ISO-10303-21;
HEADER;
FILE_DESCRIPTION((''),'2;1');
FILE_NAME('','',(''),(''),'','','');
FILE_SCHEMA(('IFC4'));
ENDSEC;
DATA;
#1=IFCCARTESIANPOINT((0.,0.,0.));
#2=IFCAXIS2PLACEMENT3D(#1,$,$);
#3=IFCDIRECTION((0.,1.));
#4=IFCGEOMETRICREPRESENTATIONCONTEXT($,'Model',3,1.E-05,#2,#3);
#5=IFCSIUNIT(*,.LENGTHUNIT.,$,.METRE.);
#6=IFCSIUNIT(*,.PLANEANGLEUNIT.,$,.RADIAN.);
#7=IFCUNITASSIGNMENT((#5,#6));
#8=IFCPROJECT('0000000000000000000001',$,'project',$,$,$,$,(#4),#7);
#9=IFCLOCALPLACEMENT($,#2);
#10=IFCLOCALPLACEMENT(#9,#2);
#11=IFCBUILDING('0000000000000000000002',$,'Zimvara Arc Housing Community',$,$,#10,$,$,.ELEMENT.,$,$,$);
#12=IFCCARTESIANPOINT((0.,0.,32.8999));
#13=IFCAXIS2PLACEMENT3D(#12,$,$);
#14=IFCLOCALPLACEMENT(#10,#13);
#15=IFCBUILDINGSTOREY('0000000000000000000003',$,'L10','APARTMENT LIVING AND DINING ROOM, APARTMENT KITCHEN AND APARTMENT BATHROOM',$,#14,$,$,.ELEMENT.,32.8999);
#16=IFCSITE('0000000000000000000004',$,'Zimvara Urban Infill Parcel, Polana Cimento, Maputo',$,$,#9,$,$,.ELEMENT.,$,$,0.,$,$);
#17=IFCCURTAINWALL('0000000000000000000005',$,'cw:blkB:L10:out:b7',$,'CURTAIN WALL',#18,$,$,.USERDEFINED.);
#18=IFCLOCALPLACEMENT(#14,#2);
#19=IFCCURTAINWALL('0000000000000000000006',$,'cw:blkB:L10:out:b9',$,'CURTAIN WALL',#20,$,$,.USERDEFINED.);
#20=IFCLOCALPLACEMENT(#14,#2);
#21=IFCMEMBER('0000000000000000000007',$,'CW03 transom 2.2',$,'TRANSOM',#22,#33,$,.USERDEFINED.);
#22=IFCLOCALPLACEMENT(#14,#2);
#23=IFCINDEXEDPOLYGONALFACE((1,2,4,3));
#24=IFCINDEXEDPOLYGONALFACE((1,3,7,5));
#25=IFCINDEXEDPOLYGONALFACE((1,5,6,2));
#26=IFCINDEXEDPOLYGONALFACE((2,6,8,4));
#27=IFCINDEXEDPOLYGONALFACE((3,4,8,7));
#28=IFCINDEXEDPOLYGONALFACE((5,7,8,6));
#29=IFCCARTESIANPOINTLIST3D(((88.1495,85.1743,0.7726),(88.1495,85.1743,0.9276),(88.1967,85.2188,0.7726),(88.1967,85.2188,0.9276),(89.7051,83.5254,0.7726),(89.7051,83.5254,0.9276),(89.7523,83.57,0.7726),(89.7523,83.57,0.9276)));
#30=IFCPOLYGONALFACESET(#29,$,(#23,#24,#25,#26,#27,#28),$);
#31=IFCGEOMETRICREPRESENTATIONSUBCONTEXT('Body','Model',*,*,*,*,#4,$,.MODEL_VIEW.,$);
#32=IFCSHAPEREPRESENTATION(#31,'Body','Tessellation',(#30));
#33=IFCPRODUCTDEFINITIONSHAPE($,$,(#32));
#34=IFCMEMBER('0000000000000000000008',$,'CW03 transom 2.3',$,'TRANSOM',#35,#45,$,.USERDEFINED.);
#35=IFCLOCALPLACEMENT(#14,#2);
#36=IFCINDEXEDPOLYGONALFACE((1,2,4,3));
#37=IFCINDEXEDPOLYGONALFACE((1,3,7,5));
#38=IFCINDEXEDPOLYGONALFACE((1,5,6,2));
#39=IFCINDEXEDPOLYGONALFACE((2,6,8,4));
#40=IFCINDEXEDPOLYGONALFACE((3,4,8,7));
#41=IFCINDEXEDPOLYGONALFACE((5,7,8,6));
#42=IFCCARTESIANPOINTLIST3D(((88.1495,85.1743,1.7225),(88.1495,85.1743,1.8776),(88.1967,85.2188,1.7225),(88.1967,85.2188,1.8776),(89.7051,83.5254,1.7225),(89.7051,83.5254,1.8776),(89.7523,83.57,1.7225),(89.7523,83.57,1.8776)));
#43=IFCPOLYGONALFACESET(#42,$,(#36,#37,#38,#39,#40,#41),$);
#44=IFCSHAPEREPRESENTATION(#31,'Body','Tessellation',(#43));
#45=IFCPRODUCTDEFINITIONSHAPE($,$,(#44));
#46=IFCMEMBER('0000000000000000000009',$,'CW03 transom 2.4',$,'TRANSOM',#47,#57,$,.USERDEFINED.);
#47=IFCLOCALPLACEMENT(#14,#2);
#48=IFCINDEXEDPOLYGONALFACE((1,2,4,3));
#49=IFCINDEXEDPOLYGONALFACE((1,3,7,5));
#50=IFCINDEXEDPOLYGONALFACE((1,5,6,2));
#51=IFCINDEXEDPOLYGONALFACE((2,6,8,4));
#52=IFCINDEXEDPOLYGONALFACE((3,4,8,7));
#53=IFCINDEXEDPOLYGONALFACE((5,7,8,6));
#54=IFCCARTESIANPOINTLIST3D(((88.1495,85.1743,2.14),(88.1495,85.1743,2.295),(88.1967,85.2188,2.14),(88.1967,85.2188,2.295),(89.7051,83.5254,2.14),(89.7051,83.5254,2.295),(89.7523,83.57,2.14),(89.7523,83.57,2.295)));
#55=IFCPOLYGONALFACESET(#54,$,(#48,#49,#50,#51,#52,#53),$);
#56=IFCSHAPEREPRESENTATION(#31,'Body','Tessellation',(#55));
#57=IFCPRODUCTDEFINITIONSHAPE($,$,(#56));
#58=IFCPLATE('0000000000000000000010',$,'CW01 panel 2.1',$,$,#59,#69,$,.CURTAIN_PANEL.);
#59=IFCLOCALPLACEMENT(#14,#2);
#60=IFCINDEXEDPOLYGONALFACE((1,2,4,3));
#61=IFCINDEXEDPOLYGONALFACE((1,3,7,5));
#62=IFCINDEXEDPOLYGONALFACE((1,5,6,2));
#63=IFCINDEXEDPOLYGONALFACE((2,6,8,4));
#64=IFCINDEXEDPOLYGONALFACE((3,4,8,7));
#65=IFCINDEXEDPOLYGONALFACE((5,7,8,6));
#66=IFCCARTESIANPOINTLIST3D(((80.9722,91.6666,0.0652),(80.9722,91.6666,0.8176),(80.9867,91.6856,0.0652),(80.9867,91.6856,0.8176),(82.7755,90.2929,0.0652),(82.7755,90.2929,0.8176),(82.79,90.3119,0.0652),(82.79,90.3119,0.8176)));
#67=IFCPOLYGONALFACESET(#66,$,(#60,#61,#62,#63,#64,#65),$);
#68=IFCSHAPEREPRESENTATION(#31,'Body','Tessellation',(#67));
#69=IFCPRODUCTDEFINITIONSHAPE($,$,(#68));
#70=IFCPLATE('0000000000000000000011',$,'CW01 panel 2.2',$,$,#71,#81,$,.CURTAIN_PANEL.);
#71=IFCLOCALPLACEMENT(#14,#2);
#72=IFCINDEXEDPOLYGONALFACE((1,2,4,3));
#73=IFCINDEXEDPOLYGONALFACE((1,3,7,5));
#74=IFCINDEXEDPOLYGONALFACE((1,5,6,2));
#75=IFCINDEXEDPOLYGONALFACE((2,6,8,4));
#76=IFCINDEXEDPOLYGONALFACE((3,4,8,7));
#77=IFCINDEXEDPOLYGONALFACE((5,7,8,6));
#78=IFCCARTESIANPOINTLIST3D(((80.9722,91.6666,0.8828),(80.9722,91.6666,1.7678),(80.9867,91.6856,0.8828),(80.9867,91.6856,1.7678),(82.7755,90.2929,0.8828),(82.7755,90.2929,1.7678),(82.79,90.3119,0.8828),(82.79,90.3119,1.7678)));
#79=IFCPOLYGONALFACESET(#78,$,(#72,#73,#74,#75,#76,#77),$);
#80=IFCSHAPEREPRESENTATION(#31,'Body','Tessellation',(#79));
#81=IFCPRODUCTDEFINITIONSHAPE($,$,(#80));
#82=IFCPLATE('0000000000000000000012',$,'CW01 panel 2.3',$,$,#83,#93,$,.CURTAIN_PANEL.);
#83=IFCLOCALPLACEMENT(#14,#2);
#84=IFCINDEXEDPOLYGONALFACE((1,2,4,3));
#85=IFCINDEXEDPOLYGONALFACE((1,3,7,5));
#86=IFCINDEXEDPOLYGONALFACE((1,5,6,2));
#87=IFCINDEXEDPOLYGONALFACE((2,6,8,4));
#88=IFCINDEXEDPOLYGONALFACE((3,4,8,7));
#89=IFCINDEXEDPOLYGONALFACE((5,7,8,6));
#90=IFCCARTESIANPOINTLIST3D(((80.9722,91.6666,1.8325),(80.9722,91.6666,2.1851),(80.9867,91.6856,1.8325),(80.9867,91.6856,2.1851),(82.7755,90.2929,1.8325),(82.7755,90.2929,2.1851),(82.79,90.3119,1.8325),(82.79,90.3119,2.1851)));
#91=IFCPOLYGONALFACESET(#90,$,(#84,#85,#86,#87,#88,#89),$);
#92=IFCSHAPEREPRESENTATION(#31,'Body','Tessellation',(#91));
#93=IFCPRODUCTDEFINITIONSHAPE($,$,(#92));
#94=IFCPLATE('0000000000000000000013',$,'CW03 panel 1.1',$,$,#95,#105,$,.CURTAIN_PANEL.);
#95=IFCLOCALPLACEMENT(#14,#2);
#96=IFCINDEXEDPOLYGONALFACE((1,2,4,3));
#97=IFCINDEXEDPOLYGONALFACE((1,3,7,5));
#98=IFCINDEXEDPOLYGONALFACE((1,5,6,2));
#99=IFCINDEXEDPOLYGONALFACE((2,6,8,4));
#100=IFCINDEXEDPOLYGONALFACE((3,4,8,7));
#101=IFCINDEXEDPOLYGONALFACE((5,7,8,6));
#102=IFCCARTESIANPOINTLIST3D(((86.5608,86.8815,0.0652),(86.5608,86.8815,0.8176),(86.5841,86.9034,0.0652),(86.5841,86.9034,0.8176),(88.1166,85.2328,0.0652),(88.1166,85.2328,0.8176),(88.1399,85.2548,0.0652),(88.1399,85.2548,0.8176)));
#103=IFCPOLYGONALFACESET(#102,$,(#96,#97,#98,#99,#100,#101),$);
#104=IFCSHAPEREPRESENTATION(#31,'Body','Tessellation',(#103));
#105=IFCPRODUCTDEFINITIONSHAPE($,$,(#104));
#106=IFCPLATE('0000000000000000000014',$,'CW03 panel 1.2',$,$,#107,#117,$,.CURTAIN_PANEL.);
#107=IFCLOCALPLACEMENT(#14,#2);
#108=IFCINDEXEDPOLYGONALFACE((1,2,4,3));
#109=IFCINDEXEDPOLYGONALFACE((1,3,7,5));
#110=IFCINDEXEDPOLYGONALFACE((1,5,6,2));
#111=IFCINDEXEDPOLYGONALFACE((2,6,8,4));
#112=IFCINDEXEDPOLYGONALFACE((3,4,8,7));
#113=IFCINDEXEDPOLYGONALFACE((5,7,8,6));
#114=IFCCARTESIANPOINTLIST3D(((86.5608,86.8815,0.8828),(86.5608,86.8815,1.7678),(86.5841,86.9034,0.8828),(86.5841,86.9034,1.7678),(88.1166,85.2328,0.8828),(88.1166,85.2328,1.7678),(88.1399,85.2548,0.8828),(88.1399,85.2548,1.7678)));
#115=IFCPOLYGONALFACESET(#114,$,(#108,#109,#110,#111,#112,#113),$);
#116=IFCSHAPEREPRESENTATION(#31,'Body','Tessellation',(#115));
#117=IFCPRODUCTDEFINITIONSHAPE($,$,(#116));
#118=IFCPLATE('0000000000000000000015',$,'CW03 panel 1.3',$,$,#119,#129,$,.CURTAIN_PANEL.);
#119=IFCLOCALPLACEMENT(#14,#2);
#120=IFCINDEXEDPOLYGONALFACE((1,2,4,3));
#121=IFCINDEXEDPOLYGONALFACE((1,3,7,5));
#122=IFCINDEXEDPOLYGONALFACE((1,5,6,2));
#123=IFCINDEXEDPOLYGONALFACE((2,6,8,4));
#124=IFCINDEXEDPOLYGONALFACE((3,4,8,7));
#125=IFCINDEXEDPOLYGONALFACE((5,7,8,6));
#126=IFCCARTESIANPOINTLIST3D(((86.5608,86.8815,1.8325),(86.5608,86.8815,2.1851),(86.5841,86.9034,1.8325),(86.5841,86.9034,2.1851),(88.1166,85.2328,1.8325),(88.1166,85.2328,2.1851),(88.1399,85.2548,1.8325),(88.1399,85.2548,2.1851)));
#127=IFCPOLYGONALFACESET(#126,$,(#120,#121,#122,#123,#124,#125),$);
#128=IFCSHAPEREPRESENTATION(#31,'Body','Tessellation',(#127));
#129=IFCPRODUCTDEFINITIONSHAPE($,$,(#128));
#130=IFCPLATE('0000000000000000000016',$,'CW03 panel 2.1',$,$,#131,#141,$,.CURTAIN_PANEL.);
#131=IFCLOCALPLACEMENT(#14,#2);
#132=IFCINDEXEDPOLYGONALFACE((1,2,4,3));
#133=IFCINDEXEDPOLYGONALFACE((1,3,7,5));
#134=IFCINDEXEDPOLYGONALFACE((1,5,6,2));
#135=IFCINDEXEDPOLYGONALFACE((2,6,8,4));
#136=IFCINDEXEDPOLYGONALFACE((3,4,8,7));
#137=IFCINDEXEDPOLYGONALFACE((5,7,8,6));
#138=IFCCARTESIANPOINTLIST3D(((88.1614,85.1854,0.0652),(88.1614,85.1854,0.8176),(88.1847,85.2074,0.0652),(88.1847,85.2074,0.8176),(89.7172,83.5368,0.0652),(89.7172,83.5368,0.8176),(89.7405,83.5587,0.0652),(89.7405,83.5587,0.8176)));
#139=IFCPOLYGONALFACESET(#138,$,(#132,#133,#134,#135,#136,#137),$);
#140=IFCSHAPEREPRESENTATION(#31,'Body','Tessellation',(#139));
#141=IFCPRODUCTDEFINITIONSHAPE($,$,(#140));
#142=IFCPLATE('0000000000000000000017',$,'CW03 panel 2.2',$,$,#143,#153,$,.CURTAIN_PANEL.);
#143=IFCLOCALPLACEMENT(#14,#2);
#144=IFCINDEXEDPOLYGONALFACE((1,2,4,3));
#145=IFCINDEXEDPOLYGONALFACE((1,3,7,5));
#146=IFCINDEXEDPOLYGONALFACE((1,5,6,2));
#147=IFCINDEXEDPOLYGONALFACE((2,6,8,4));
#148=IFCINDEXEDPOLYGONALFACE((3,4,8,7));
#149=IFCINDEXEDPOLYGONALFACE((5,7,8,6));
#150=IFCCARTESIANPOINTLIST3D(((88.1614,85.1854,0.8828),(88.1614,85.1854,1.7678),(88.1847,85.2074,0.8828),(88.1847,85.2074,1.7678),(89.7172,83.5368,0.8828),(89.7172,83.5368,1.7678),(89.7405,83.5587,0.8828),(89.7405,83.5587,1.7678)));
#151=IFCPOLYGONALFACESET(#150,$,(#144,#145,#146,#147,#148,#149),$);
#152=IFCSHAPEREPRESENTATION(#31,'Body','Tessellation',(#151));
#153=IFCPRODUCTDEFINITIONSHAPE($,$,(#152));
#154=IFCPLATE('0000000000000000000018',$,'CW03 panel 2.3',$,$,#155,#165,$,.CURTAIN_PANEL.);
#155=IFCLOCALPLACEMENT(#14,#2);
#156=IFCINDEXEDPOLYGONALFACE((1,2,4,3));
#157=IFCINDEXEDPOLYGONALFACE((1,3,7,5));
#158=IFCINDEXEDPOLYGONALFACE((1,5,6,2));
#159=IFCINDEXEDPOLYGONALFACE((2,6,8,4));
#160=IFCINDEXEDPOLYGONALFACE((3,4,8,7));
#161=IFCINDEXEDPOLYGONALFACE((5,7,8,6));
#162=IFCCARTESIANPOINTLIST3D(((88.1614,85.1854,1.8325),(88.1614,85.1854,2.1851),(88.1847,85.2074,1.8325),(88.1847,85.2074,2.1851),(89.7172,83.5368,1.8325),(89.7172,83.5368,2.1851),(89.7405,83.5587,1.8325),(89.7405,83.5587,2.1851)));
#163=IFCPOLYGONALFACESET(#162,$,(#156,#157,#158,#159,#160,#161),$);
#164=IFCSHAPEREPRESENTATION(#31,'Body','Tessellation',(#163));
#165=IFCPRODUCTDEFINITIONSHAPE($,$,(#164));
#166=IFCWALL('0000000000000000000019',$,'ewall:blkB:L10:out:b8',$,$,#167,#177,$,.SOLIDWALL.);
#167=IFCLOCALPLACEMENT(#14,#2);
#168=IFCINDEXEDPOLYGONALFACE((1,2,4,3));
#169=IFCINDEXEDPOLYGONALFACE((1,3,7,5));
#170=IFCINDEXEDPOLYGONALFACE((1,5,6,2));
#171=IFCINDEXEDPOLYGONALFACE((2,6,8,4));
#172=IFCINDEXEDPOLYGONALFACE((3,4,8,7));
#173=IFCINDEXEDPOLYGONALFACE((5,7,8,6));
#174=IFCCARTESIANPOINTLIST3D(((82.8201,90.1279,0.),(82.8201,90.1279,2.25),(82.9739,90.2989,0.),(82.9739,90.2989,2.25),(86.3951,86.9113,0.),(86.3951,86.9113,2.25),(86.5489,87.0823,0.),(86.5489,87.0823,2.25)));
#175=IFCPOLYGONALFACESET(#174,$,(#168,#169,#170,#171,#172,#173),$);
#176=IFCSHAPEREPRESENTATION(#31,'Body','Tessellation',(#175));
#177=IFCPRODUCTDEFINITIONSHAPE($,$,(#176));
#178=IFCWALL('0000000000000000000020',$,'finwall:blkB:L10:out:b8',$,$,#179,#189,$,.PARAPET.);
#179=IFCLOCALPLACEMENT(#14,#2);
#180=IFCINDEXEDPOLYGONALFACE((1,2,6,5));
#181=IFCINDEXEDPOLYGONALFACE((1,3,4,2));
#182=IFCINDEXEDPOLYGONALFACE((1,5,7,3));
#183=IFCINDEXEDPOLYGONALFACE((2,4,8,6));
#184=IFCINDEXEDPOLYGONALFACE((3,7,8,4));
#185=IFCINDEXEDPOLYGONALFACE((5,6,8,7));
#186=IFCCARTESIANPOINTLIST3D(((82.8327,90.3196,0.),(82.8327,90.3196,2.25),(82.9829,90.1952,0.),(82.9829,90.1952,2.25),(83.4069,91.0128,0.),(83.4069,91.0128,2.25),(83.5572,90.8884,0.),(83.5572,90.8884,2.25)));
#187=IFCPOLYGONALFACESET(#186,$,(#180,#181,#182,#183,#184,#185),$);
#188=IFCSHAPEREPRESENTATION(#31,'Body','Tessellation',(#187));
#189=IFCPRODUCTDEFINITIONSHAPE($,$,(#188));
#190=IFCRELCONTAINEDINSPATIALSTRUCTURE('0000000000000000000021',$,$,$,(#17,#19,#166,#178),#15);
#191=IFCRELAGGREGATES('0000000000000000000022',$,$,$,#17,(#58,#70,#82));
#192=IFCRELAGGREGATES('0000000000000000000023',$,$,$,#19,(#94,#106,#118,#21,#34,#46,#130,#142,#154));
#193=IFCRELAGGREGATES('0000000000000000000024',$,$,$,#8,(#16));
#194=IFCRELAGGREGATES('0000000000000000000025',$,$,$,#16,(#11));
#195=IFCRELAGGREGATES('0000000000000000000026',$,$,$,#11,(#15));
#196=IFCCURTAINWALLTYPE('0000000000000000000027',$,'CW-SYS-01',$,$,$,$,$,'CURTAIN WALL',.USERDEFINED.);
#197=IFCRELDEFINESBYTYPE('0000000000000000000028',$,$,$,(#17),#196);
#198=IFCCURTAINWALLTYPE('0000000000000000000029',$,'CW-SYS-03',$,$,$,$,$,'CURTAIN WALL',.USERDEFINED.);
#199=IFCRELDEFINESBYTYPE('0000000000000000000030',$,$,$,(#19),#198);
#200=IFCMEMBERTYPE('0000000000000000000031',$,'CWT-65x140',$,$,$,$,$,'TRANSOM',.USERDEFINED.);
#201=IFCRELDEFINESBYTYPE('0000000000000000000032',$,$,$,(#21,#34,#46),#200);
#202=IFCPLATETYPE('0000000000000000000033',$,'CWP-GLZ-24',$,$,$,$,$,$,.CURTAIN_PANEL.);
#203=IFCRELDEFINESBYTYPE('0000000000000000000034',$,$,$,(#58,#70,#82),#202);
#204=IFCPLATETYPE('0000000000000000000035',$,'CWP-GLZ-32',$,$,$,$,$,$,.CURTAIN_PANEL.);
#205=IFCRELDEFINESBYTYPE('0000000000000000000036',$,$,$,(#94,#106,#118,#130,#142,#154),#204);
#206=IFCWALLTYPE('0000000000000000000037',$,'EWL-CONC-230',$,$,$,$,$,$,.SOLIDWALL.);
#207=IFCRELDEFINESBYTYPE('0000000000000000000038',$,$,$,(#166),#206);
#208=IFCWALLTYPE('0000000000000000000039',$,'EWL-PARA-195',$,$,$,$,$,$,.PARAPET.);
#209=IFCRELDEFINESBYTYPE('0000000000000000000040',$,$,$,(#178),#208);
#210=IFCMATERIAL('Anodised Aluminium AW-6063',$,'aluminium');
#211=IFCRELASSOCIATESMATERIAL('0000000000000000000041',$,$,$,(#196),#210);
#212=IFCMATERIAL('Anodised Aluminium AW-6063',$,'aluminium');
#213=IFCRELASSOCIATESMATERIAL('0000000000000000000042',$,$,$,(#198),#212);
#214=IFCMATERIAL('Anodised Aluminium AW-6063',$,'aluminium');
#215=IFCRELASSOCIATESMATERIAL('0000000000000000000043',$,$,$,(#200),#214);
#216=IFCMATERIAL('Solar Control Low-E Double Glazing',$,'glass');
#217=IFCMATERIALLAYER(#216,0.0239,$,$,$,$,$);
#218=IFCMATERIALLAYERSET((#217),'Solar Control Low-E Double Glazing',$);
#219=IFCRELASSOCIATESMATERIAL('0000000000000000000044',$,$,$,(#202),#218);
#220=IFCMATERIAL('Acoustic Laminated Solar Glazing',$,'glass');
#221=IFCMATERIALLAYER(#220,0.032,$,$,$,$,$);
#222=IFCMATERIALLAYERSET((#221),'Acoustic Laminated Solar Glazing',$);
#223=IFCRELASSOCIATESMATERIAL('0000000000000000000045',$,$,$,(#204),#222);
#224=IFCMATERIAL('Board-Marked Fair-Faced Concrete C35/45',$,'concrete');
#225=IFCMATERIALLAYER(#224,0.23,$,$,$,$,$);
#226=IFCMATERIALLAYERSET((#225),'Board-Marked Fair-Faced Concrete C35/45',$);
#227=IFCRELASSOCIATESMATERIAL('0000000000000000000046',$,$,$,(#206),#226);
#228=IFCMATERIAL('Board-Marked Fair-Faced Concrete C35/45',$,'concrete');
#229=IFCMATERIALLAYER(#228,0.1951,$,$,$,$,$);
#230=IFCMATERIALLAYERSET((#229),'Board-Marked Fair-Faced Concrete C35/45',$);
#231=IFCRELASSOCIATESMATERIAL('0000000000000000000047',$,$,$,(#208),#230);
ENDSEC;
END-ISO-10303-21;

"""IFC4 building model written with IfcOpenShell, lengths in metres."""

from ifc_helpers import new_model, si_unit, direction, frame, frame_2d, origin, origin_2d, place, context, subcontext, project, spatial, rectangle, extrude, material, layer, layer_set, material_profile, profile_set, type_object, element, aggregate, save


model = new_model("IFC4")

# Units and contexts
model_context = context("Model", 3, precision=1e-05, world=origin(), true_north=direction((0.0, 1.0)))
body_context = subcontext(model_context, "Body", "Model", "MODEL_VIEW")
ifc_project = project(units=[si_unit("LENGTHUNIT", "METRE"), si_unit("PLANEANGLEUNIT", "RADIAN")], contexts=[model_context])

# Site, building, storey
site_placement = place(None, origin())
site = spatial("IfcSite", under=ifc_project, at=site_placement, Name="Zimvara Urban Infill Parcel, Polana Cimento, Maputo", CompositionType="ELEMENT", RefElevation=0.0)
building_placement = place(site_placement, origin())
building = spatial("IfcBuilding", under=site, at=building_placement, Name="Zimvara Arc Housing Community", CompositionType="ELEMENT")
storey_placement = place(building_placement, frame((0.0, 0.0, 32.8999)))
storey = spatial("IfcBuildingStorey", under=building, at=storey_placement, Name="L10", Description="APARTMENT LIVING AND DINING ROOM, APARTMENT KITCHEN AND APARTMENT BATHROOM", CompositionType="ELEMENT", Elevation=32.8999)

# Curtain wall
ifc_material_1 = material(Name="Anodised Aluminium AW-6063", Category="aluminium")
curtain_wall_type_1 = type_object("IfcCurtainWallType", Name="CW-SYS-01", ElementType="CURTAIN WALL", PredefinedType="USERDEFINED", material=ifc_material_1)
curtain_wall_1_placement = place(storey_placement, origin())
curtain_wall_1 = element("IfcCurtainWall", 1, at=curtain_wall_1_placement, inside=storey, type_object=curtain_wall_type_1, Name="cw:blkB:L10:out:b7", ObjectType="CURTAIN WALL", PredefinedType="USERDEFINED")

# Curtain wall, members
ifc_material_2 = material(Name="Anodised Aluminium AW-6063", Category="aluminium")
curtain_wall_type_2 = type_object("IfcCurtainWallType", Name="CW-SYS-03", ElementType="CURTAIN WALL", PredefinedType="USERDEFINED", material=ifc_material_2)
curtain_wall_2_placement = place(storey_placement, origin())
curtain_wall_2 = element("IfcCurtainWall", 2, at=curtain_wall_2_placement, inside=storey, type_object=curtain_wall_type_2, Name="cw:blkB:L10:out:b9", ObjectType="CURTAIN WALL", PredefinedType="USERDEFINED")
ifc_material_3 = material(Name="Anodised Aluminium AW-6063", Category="aluminium")
ifc_material_profile_1 = material_profile(ifc_material_3, rectangle(XDim=0.0649, YDim=0.155, at=origin_2d()), Name="ALU 65x155")
ifc_profile_set_1 = profile_set([ifc_material_profile_1], Name="Anodised Aluminium AW-6063")
member_type_1 = type_object("IfcMemberType", Name="CWT-65x140", ElementType="TRANSOM", PredefinedType="USERDEFINED", material=ifc_profile_set_1)
member_1_placement = place(storey_placement, frame((88.1731, 85.1965, 0.8501), z_axis=(0.686238, -0.727377, 0.0), x_axis=(0.727377, 0.686238, 0.0)))
member_1 = element("IfcMember", 3, at=member_1_placement, type_object=member_type_1, Name="CW03 transom 2.2", ObjectType="TRANSOM", PredefinedType="USERDEFINED", context=body_context, shape_type="SweptSolid", body=[
    extrude(rectangle(XDim=0.0649, YDim=0.155, at=origin_2d()), origin(), (0.0, 0.0, 1.0), 2.2668),
])
member_2_placement = place(storey_placement, frame((88.1731, 85.1965, 1.8), z_axis=(0.686238, -0.727377, 0.0), x_axis=(0.727377, 0.686238, 0.0)))
member_2 = element("IfcMember", 4, at=member_2_placement, type_object=member_type_1, Name="CW03 transom 2.3", ObjectType="TRANSOM", PredefinedType="USERDEFINED", context=body_context, shape_type="SweptSolid", body=[
    extrude(rectangle(XDim=0.0649, YDim=0.155, at=origin_2d()), origin(), (0.0, 0.0, 1.0), 2.2668),
])
member_3_placement = place(storey_placement, frame((88.1731, 85.1965, 2.2175), z_axis=(0.686238, -0.727377, 0.0), x_axis=(0.727377, 0.686238, 0.0)))
member_3 = element("IfcMember", 5, at=member_3_placement, type_object=member_type_1, Name="CW03 transom 2.4", ObjectType="TRANSOM", PredefinedType="USERDEFINED", context=body_context, shape_type="SweptSolid", body=[
    extrude(rectangle(XDim=0.0649, YDim=0.155, at=origin_2d()), origin(), (0.0, 0.0, 1.0), 2.2668),
])

# Plates
ifc_material_4 = material(Name="Solar Control Low-E Double Glazing", Category="glass")
ifc_layer_1 = layer(ifc_material_4, 0.0239)
ifc_layer_set_1 = layer_set([ifc_layer_1], Name="Solar Control Low-E Double Glazing")
plate_type_1 = type_object("IfcPlateType", Name="CWP-GLZ-24", PredefinedType="CURTAIN_PANEL", material=ifc_layer_set_1)
plate_1_placement = place(storey_placement, frame((81.8811, 90.9893, 0.0652), z_axis=(0.0, 0.0, 1.0), x_axis=(0.795474, -0.605988, 0.0)))
plate_1 = element("IfcPlate", 6, at=plate_1_placement, type_object=plate_type_1, Name="CW01 panel 2.1", PredefinedType="CURTAIN_PANEL", context=body_context, shape_type="SweptSolid", body=[
    extrude(rectangle(XDim=2.2668, YDim=0.0239, at=origin_2d()), origin(), (0.0, 0.0, 1.0), 0.7524),
])
plate_2_placement = place(storey_placement, frame((81.8811, 90.9893, 0.8828), z_axis=(0.0, 0.0, 1.0), x_axis=(0.795474, -0.605988, 0.0)))
plate_2 = element("IfcPlate", 7, at=plate_2_placement, type_object=plate_type_1, Name="CW01 panel 2.2", PredefinedType="CURTAIN_PANEL", context=body_context, shape_type="SweptSolid", body=[
    extrude(rectangle(XDim=2.2668, YDim=0.0239, at=origin_2d()), origin(), (0.0, 0.0, 1.0), 0.885),
])
plate_3_placement = place(storey_placement, frame((81.8811, 90.9893, 1.8325), z_axis=(0.0, 0.0, 1.0), x_axis=(0.795474, -0.605988, 0.0)))
plate_3 = element("IfcPlate", 8, at=plate_3_placement, type_object=plate_type_1, Name="CW01 panel 2.3", PredefinedType="CURTAIN_PANEL", context=body_context, shape_type="SweptSolid", body=[
    extrude(rectangle(XDim=2.2668, YDim=0.0239, at=origin_2d()), origin(), (0.0, 0.0, 1.0), 0.3525),
])
aggregate(curtain_wall_1, [plate_1, plate_2, plate_3])
ifc_material_5 = material(Name="Acoustic Laminated Solar Glazing", Category="glass")
ifc_layer_2 = layer(ifc_material_5, 0.032)
ifc_layer_set_2 = layer_set([ifc_layer_2], Name="Acoustic Laminated Solar Glazing")
plate_type_2 = type_object("IfcPlateType", Name="CWP-GLZ-32", PredefinedType="CURTAIN_PANEL", material=ifc_layer_set_2)
plate_4_placement = place(storey_placement, frame((87.3503, 86.0681, 0.0652), z_axis=(0.0, 0.0, 1.0), x_axis=(0.686326, -0.727294, 0.0)))
plate_4 = element("IfcPlate", 9, at=plate_4_placement, type_object=plate_type_2, Name="CW03 panel 1.1", PredefinedType="CURTAIN_PANEL", context=body_context, shape_type="SweptSolid", body=[
    extrude(rectangle(XDim=2.2668, YDim=0.032, at=origin_2d()), origin(), (0.0, 0.0, 1.0), 0.7524),
])
plate_5_placement = place(storey_placement, frame((87.3503, 86.0681, 0.8828), z_axis=(0.0, 0.0, 1.0), x_axis=(0.686326, -0.727294, 0.0)))
plate_5 = element("IfcPlate", 10, at=plate_5_placement, type_object=plate_type_2, Name="CW03 panel 1.2", PredefinedType="CURTAIN_PANEL", context=body_context, shape_type="SweptSolid", body=[
    extrude(rectangle(XDim=2.2668, YDim=0.032, at=origin_2d()), origin(), (0.0, 0.0, 1.0), 0.885),
])
plate_6_placement = place(storey_placement, frame((87.3503, 86.0681, 1.8325), z_axis=(0.0, 0.0, 1.0), x_axis=(0.686326, -0.727294, 0.0)))
plate_6 = element("IfcPlate", 11, at=plate_6_placement, type_object=plate_type_2, Name="CW03 panel 1.3", PredefinedType="CURTAIN_PANEL", context=body_context, shape_type="SweptSolid", body=[
    extrude(rectangle(XDim=2.2668, YDim=0.032, at=origin_2d()), origin(), (0.0, 0.0, 1.0), 0.3525),
])
plate_7_placement = place(storey_placement, frame((88.9509, 84.3721, 0.0652), z_axis=(0.0, 0.0, 1.0), x_axis=(0.686326, -0.727294, 0.0)))
plate_7 = element("IfcPlate", 12, at=plate_7_placement, type_object=plate_type_2, Name="CW03 panel 2.1", PredefinedType="CURTAIN_PANEL", context=body_context, shape_type="SweptSolid", body=[
    extrude(rectangle(XDim=2.2668, YDim=0.032, at=origin_2d()), origin(), (0.0, 0.0, 1.0), 0.7524),
])
plate_8_placement = place(storey_placement, frame((88.9509, 84.3721, 0.8828), z_axis=(0.0, 0.0, 1.0), x_axis=(0.686326, -0.727294, 0.0)))
plate_8 = element("IfcPlate", 13, at=plate_8_placement, type_object=plate_type_2, Name="CW03 panel 2.2", PredefinedType="CURTAIN_PANEL", context=body_context, shape_type="SweptSolid", body=[
    extrude(rectangle(XDim=2.2668, YDim=0.032, at=origin_2d()), origin(), (0.0, 0.0, 1.0), 0.885),
])
plate_9_placement = place(storey_placement, frame((88.9509, 84.3721, 1.8325), z_axis=(0.0, 0.0, 1.0), x_axis=(0.686326, -0.727294, 0.0)))
plate_9 = element("IfcPlate", 14, at=plate_9_placement, type_object=plate_type_2, Name="CW03 panel 2.3", PredefinedType="CURTAIN_PANEL", context=body_context, shape_type="SweptSolid", body=[
    extrude(rectangle(XDim=2.2668, YDim=0.032, at=origin_2d()), origin(), (0.0, 0.0, 1.0), 0.3525),
])
aggregate(curtain_wall_2, [plate_4, plate_5, plate_6, member_1, member_2, member_3, plate_7, plate_8, plate_9])

# Walls
ifc_material_6 = material(Name="Board-Marked Fair-Faced Concrete C35/45", Category="concrete")
ifc_layer_3 = layer(ifc_material_6, 0.23)
ifc_layer_set_3 = layer_set([ifc_layer_3], Name="Board-Marked Fair-Faced Concrete C35/45")
wall_type_1 = type_object("IfcWallType", Name="EWL-CONC-230", PredefinedType="SOLIDWALL", material=ifc_layer_set_3)
wall_1_placement = place(storey_placement, frame((82.897, 90.2134, 0.0), z_axis=(0.0, 0.0, 1.0), x_axis=(0.743388, -0.668861, 0.0)))
element("IfcWall", 15, at=wall_1_placement, inside=storey, type_object=wall_type_1, Name="ewall:blkB:L10:out:b8", PredefinedType="SOLIDWALL", context=body_context, shape_type="SweptSolid", body=[
    extrude(rectangle(XDim=4.8091, YDim=0.23, at=frame_2d((2.4045, 0.0))), origin(), (0.0, 0.0, 1.0), 2.25),
])
ifc_material_7 = material(Name="Board-Marked Fair-Faced Concrete C35/45", Category="concrete")
ifc_layer_4 = layer(ifc_material_7, 0.1951)
ifc_layer_set_4 = layer_set([ifc_layer_4], Name="Board-Marked Fair-Faced Concrete C35/45")
wall_type_2 = type_object("IfcWallType", Name="EWL-PARA-195", PredefinedType="PARAPET", material=ifc_layer_set_4)
wall_2_placement = place(storey_placement, frame((82.9077, 90.2573, 0.0), z_axis=(0.0, 0.0, 1.0), x_axis=(0.637967, 0.770063, 0.0)))
element("IfcWall", 16, at=wall_2_placement, inside=storey, type_object=wall_type_2, Name="finwall:blkB:L10:out:b8", PredefinedType="PARAPET", context=body_context, shape_type="SweptSolid", body=[
    extrude(rectangle(XDim=0.9001, YDim=0.1951, at=frame_2d((0.4502, 0.0))), origin(), (0.0, 0.0, 1.0), 2.25),
])

save(model, "model.ifc")
